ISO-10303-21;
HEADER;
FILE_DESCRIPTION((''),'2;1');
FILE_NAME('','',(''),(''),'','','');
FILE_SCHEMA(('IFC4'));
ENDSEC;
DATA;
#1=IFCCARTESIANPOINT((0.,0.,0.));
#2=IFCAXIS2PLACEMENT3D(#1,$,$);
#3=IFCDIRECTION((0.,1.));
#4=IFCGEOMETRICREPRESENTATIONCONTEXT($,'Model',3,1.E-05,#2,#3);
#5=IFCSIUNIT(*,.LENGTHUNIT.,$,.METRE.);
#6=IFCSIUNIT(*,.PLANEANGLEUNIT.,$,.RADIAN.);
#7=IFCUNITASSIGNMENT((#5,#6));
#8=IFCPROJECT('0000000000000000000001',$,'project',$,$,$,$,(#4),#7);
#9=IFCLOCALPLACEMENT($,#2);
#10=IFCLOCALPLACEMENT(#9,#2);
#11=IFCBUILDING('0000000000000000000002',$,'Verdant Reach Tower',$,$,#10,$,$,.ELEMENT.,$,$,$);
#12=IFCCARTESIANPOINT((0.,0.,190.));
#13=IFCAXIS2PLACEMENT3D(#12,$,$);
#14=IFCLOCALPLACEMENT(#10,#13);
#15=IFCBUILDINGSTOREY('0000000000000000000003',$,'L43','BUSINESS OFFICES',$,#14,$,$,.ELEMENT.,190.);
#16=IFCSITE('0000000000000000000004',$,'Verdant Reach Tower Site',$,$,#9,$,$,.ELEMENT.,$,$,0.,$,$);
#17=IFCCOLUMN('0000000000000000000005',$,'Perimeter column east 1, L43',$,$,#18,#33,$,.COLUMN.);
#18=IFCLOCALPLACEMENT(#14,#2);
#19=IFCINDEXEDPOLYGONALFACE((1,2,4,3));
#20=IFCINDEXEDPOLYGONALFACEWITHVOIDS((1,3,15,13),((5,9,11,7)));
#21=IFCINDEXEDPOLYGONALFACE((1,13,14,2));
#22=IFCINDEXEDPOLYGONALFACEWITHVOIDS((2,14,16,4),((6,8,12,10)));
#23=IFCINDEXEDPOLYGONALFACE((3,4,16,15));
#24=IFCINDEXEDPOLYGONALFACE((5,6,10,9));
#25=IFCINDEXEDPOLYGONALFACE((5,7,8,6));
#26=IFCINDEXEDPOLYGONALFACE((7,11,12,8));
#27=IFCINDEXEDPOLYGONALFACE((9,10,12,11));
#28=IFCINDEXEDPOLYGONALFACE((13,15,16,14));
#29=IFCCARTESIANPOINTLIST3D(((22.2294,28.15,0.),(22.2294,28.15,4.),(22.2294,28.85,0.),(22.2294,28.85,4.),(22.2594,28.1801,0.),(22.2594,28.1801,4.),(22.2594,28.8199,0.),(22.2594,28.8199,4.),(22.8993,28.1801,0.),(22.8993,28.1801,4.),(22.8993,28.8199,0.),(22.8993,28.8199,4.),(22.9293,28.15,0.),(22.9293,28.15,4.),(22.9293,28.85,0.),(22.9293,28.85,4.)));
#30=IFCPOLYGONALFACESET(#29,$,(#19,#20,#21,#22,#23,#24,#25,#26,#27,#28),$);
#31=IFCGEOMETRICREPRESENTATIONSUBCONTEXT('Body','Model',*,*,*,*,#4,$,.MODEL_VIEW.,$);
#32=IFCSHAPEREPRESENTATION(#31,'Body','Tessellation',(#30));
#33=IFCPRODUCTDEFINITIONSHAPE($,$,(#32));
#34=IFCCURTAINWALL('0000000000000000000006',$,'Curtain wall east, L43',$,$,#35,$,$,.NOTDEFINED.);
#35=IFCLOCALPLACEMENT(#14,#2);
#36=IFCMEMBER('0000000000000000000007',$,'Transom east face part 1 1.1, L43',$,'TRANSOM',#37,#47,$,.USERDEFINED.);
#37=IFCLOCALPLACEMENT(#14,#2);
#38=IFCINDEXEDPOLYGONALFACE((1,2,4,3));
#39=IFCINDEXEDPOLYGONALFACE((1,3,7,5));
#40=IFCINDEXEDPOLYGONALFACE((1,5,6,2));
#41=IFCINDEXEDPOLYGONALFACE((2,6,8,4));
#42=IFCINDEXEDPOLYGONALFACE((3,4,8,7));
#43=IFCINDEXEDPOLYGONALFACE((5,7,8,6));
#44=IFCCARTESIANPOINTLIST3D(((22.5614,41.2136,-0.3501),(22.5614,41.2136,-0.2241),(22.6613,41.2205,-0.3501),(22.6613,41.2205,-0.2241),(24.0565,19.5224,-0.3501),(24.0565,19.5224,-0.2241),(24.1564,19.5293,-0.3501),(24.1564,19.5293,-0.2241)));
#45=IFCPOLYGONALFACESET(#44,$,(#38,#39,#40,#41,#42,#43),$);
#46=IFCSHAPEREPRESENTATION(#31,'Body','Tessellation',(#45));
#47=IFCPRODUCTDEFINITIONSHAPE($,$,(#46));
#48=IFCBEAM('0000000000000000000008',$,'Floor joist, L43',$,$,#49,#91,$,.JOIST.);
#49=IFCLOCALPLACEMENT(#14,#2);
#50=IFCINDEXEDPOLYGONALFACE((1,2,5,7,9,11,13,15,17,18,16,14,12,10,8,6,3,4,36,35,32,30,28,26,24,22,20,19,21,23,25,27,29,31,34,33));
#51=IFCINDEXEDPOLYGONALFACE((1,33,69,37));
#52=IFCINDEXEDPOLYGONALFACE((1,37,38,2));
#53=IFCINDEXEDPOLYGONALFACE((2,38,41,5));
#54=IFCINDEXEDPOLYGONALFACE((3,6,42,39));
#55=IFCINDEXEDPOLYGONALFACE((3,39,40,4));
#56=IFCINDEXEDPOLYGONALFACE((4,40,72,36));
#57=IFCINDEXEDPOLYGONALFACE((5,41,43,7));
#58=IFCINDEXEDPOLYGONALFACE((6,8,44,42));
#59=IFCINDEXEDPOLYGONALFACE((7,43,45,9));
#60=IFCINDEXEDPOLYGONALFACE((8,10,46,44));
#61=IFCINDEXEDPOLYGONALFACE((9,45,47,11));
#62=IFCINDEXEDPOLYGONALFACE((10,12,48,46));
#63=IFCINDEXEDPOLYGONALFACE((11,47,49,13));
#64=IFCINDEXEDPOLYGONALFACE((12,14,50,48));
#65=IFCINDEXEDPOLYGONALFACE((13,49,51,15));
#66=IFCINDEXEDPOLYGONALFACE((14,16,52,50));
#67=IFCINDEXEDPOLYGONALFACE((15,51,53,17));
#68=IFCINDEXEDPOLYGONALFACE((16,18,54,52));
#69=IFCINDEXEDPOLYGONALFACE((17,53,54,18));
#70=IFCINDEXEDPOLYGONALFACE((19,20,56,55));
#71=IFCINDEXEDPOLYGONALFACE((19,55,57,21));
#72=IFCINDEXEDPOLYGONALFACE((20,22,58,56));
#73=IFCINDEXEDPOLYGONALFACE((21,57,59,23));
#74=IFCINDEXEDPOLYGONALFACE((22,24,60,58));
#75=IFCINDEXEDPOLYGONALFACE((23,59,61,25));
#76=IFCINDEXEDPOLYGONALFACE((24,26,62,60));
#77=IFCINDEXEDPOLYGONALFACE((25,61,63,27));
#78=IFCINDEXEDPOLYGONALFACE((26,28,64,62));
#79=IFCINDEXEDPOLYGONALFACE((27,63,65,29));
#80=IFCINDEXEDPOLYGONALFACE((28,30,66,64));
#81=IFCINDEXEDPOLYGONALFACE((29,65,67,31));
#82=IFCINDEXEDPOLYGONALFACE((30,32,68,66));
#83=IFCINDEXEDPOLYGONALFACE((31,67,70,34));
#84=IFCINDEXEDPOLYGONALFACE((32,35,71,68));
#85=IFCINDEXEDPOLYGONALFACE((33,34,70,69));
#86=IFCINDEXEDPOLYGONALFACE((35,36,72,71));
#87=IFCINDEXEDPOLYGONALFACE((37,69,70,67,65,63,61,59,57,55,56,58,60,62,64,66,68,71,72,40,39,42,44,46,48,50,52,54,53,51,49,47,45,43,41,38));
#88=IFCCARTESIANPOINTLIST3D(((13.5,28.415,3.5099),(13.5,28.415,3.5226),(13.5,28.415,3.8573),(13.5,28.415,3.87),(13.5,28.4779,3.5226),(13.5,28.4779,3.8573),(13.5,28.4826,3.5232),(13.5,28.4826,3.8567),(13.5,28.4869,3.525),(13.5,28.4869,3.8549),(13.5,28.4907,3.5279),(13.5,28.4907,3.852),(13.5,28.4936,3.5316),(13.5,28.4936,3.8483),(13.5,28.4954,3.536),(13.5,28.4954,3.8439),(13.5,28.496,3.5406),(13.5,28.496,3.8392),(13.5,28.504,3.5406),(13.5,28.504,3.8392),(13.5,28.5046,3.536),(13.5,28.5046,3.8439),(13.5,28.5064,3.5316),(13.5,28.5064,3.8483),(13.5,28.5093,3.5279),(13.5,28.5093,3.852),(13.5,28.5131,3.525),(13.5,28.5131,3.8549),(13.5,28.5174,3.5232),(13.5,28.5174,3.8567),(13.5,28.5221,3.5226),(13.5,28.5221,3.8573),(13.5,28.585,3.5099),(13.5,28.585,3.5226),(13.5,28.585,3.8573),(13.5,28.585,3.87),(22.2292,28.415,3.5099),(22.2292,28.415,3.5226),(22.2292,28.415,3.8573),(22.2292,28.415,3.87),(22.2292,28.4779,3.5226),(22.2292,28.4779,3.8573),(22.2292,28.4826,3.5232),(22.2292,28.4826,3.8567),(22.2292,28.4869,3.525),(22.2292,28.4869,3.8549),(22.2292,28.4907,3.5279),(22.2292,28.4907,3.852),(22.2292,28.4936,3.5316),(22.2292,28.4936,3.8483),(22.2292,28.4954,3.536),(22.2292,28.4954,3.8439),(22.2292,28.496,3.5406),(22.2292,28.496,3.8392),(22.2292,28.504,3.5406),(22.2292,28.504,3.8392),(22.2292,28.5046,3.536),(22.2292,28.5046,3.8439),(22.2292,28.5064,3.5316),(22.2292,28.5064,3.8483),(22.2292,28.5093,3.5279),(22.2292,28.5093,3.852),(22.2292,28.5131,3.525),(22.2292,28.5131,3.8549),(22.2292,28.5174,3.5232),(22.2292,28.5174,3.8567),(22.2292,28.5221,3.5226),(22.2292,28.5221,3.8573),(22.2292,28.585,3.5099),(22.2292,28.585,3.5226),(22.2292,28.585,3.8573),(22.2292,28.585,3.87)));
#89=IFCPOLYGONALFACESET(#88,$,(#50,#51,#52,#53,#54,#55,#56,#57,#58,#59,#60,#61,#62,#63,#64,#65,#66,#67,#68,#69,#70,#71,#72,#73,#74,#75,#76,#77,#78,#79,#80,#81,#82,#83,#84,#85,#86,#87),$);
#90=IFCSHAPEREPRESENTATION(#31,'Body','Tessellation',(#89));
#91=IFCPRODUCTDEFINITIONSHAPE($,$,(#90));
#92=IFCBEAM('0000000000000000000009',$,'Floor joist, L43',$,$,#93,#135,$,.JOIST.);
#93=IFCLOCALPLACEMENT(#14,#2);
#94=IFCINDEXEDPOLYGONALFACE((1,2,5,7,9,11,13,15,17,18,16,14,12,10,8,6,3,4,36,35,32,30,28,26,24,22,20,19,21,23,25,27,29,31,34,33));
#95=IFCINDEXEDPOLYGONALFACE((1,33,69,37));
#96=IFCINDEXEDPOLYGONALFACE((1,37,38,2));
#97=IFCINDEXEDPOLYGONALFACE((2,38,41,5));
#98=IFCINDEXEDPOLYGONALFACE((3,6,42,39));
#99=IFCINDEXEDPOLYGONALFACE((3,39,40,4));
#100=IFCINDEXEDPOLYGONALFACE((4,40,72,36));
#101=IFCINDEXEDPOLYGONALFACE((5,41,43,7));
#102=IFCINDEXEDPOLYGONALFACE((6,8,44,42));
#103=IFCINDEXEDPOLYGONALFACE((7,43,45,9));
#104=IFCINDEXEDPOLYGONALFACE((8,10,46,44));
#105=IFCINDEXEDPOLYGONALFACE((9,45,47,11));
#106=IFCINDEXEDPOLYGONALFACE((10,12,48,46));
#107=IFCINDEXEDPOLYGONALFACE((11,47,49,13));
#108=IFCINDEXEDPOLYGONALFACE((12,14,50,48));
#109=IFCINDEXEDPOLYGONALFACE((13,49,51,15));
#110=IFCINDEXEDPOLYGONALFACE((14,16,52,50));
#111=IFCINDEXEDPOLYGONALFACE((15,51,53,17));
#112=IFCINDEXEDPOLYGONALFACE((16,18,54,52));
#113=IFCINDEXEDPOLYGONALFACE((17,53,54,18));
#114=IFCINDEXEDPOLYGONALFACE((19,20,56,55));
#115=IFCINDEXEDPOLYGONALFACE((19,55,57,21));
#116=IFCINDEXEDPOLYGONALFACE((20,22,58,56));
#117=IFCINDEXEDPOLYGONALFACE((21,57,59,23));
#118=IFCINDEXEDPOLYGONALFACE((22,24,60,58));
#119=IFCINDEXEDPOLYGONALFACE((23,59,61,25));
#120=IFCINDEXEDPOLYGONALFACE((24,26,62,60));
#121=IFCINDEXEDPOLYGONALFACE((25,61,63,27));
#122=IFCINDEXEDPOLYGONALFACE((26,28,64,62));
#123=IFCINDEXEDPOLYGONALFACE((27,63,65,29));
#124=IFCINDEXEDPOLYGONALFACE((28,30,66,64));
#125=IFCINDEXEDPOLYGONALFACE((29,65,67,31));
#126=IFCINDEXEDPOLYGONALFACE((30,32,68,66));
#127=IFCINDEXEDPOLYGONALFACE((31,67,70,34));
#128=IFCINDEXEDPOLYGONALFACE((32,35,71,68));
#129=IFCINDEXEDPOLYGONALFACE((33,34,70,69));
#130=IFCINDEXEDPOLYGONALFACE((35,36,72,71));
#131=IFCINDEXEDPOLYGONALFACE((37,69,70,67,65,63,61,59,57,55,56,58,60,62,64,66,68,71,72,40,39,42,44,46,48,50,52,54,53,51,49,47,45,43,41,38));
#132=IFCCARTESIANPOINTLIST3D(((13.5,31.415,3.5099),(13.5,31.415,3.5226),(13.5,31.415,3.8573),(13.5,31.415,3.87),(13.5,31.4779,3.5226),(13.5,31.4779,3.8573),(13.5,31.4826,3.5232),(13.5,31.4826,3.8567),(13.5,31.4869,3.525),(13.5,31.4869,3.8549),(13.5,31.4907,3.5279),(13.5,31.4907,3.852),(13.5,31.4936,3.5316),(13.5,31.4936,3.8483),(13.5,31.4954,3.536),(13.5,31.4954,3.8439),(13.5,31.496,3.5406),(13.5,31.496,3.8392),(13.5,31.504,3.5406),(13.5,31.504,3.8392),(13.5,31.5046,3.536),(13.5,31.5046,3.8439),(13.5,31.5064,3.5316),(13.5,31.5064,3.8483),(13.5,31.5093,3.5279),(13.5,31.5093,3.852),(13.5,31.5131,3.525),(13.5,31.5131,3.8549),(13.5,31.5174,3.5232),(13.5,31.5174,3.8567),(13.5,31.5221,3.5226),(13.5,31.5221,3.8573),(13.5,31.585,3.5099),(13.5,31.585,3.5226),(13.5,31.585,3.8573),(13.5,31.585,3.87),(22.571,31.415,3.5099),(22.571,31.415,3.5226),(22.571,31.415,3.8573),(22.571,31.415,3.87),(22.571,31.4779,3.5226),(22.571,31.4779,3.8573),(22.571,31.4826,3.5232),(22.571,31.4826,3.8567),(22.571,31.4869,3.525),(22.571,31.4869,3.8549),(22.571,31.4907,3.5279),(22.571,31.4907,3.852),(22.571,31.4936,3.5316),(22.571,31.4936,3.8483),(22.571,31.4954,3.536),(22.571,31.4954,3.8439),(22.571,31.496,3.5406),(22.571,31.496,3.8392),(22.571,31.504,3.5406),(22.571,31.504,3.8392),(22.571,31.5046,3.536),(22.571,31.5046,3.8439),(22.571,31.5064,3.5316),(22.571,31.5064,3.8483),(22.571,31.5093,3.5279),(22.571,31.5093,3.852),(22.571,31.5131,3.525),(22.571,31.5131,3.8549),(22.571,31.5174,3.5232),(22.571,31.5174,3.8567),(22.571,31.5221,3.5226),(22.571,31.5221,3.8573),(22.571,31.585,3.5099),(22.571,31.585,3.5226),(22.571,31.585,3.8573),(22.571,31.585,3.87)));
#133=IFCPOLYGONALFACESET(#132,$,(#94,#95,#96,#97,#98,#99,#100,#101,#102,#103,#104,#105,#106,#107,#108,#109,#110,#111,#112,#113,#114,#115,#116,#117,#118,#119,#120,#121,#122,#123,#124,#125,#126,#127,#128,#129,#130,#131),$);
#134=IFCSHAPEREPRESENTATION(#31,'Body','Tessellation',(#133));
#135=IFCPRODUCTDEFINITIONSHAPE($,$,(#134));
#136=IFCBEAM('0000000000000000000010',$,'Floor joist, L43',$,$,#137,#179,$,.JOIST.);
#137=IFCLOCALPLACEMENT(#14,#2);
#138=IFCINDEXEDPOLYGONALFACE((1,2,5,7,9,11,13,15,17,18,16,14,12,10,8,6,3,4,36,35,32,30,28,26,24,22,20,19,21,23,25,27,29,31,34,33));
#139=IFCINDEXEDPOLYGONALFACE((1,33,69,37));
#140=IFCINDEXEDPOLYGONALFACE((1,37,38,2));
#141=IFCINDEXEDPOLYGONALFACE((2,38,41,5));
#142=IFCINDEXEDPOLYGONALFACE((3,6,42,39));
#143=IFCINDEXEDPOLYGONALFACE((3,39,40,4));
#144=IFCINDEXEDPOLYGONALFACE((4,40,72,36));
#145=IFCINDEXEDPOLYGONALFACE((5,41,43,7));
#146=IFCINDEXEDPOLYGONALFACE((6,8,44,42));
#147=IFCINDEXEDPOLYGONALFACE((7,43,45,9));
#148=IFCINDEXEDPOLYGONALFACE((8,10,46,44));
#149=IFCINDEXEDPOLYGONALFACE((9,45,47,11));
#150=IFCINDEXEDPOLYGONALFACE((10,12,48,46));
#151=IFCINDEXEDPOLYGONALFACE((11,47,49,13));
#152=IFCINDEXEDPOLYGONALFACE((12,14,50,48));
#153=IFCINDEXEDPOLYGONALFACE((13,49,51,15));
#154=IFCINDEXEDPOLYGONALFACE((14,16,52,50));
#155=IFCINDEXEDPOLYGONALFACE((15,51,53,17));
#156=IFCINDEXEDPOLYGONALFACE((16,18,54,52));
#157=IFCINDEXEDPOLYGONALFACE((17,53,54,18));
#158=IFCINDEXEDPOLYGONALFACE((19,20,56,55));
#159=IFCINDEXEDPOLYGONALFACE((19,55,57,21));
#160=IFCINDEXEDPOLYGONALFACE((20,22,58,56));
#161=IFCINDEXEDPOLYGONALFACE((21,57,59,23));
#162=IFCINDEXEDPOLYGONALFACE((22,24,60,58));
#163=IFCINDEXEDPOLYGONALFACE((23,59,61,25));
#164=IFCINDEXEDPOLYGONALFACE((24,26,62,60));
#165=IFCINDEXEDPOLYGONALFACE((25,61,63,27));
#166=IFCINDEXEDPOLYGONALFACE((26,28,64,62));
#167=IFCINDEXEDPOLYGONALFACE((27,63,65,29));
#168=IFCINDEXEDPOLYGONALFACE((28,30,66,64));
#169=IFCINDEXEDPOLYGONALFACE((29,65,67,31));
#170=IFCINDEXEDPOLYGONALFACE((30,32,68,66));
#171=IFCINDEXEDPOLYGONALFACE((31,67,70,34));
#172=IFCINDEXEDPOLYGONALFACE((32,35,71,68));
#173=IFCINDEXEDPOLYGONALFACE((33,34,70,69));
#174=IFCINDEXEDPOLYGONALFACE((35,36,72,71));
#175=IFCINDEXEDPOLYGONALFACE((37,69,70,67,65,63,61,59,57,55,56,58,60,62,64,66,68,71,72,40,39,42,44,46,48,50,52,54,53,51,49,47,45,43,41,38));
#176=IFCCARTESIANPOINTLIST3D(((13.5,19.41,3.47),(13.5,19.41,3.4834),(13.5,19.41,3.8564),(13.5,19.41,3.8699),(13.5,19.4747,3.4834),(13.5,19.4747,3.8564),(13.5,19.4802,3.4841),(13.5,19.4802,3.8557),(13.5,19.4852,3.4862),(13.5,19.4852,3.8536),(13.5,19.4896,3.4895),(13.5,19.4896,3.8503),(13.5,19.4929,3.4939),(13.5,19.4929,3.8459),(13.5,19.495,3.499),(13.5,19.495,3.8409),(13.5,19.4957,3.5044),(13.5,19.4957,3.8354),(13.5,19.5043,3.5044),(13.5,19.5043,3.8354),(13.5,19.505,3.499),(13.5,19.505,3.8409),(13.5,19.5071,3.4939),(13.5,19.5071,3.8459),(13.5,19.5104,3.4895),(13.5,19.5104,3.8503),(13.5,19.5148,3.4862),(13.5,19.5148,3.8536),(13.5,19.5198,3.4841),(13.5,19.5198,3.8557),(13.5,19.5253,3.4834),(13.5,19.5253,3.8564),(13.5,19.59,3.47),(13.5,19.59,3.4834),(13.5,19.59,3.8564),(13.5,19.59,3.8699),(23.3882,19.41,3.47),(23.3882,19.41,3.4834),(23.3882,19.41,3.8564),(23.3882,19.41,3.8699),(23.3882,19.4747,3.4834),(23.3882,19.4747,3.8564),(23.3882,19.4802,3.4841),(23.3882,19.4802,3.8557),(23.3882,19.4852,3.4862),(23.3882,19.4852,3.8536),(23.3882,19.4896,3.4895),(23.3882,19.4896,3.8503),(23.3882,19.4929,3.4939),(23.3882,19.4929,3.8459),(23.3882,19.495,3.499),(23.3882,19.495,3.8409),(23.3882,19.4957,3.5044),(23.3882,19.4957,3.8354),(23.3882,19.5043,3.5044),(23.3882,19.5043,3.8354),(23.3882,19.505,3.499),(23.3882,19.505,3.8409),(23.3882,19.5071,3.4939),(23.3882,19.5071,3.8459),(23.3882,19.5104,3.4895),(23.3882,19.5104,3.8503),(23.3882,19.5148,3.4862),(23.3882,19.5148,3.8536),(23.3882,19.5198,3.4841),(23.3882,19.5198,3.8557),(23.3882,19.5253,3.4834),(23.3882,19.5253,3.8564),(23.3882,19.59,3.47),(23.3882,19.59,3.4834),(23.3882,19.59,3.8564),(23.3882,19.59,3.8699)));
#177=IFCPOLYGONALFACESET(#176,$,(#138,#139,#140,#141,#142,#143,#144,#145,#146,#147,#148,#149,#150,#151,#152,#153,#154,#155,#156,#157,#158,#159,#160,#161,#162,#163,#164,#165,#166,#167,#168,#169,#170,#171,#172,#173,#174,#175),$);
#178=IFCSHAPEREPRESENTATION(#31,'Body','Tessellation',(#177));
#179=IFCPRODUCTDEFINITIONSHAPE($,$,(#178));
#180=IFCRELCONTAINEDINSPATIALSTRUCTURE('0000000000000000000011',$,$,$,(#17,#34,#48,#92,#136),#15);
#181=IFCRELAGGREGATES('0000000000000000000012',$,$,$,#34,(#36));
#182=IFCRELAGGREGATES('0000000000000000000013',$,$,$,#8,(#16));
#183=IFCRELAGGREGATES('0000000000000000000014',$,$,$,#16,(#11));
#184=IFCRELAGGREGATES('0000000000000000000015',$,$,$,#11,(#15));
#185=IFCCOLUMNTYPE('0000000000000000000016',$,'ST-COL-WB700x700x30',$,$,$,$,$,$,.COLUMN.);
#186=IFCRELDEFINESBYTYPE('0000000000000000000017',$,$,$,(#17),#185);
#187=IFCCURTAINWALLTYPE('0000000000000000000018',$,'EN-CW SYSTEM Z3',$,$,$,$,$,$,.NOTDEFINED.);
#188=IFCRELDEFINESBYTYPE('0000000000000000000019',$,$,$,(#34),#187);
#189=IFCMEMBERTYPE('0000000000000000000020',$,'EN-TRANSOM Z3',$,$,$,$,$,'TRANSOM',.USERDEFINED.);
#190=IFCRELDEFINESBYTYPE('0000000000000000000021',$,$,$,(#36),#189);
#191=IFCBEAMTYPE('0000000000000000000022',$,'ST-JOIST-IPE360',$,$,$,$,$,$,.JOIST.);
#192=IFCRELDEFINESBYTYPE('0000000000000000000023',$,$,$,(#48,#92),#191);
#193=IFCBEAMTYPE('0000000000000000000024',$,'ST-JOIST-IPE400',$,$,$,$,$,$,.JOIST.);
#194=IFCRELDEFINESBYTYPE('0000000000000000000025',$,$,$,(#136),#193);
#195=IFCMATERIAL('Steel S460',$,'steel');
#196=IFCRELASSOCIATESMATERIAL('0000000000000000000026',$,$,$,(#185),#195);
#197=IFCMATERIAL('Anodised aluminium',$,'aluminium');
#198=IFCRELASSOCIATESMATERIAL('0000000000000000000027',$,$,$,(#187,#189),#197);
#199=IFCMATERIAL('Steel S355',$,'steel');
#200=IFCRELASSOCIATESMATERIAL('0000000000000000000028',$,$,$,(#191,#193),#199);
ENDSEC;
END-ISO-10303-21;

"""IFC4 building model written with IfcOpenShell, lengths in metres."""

from ifc_helpers import new_model, si_unit, direction, frame, origin, origin_2d, place, context, subcontext, project, spatial, rectangle, hollow_rectangle, i_section, extrude, material, material_profile, profile_set, type_object, element, aggregate, save


model = new_model("IFC4")

# Units and contexts
model_context = context("Model", 3, precision=1e-05, world=origin(), true_north=direction((0.0, 1.0)))
body_context = subcontext(model_context, "Body", "Model", "MODEL_VIEW")
ifc_project = project(units=[si_unit("LENGTHUNIT", "METRE"), si_unit("PLANEANGLEUNIT", "RADIAN")], contexts=[model_context])

# Site, building, storey
site_placement = place(None, origin())
site = spatial("IfcSite", under=ifc_project, at=site_placement, Name="Verdant Reach Tower Site", CompositionType="ELEMENT", RefElevation=0.0)
building_placement = place(site_placement, origin())
building = spatial("IfcBuilding", under=site, at=building_placement, Name="Verdant Reach Tower", CompositionType="ELEMENT")
storey_placement = place(building_placement, frame((0.0, 0.0, 190.0)))
storey = spatial("IfcBuildingStorey", under=building, at=storey_placement, Name="L43", Description="BUSINESS OFFICES", CompositionType="ELEMENT", Elevation=190.0)

# Column
ifc_material_1 = material(Name="Steel S460", Category="steel")
ifc_material_profile_1 = material_profile(ifc_material_1, hollow_rectangle(XDim=0.7, YDim=0.7, WallThickness=0.03, at=origin_2d()), Name="WB 700x700x30")
ifc_profile_set_1 = profile_set([ifc_material_profile_1], Name="Steel S460")
column_type = type_object("IfcColumnType", Name="ST-COL-WB700x700x30", PredefinedType="COLUMN", material=ifc_profile_set_1)
column_placement = place(storey_placement, frame((22.5793, 28.5, 0.0), z_axis=(0.0, 0.0, 1.0), x_axis=(1.0, 0.0, 0.0)))
element("IfcColumn", 1, at=column_placement, inside=storey, type_object=column_type, Name="Perimeter column east 1, L43", PredefinedType="COLUMN", context=body_context, shape_type="SweptSolid", body=[
    extrude(hollow_rectangle(XDim=0.7, YDim=0.7, WallThickness=0.03, at=origin_2d()), origin(), (0.0, 0.0, 1.0), 4.0),
])

# Curtain wall, member
ifc_material_2 = material(Name="Anodised aluminium", Category="aluminium")
curtain_wall_type = type_object("IfcCurtainWallType", Name="EN-CW SYSTEM Z3", PredefinedType="NOTDEFINED", material=ifc_material_2)
curtain_wall_placement = place(storey_placement, origin())
curtain_wall = element("IfcCurtainWall", 2, at=curtain_wall_placement, inside=storey, type_object=curtain_wall_type, Name="Curtain wall east, L43", PredefinedType="NOTDEFINED")
ifc_material_profile_2 = material_profile(ifc_material_2, rectangle(XDim=0.1001, YDim=0.126, at=origin_2d()), Name="Transom 126x100")
ifc_profile_set_2 = profile_set([ifc_material_profile_2], Name="Anodised aluminium")
member_type = type_object("IfcMemberType", Name="EN-TRANSOM Z3", ElementType="TRANSOM", PredefinedType="USERDEFINED", material=ifc_profile_set_2)
member_placement = place(storey_placement, frame((24.1064, 19.5259, -0.2871), z_axis=(-0.068764, 0.997633, 0.0), x_axis=(-0.997633, -0.068764, 0.0)))
member = element("IfcMember", 3, at=member_placement, type_object=member_type, Name="Transom east face part 1 1.1, L43", ObjectType="TRANSOM", PredefinedType="USERDEFINED", context=body_context, shape_type="SweptSolid", body=[
    extrude(rectangle(XDim=0.1001, YDim=0.126, at=origin_2d()), origin(), (0.0, 0.0, 1.0), 21.7427),
])

# Beams
ifc_material_3 = material(Name="Steel S355", Category="steel")
ifc_material_profile_3 = material_profile(ifc_material_3, i_section(OverallWidth=0.1699, OverallDepth=0.3601, WebThickness=0.0081, FlangeThickness=0.0127, FilletRadius=0.0181, at=origin_2d()), Name="IPE 360")
ifc_profile_set_3 = profile_set([ifc_material_profile_3], Name="Steel S355")
beam_type_1 = type_object("IfcBeamType", Name="ST-JOIST-IPE360", PredefinedType="JOIST", material=ifc_profile_set_3)
beam_1_placement = place(storey_placement, frame((13.5, 28.5, 3.6899), z_axis=(1.0, 0.0, 0.0), x_axis=(0.0, 1.0, 0.0)))
element("IfcBeam", 4, at=beam_1_placement, inside=storey, type_object=beam_type_1, Name="Floor joist, L43", PredefinedType="JOIST", context=body_context, shape_type="SweptSolid", body=[
    extrude(i_section(OverallWidth=0.1699, OverallDepth=0.3601, WebThickness=0.0081, FlangeThickness=0.0127, FilletRadius=0.0181, at=origin_2d()), origin(), (0.0, 0.0, 1.0), 8.7292),
])
beam_2_placement = place(storey_placement, frame((13.5, 31.5, 3.6899), z_axis=(1.0, 0.0, 0.0), x_axis=(0.0, 1.0, 0.0)))
element("IfcBeam", 5, at=beam_2_placement, inside=storey, type_object=beam_type_1, Name="Floor joist, L43", PredefinedType="JOIST", context=body_context, shape_type="SweptSolid", body=[
    extrude(i_section(OverallWidth=0.1699, OverallDepth=0.3601, WebThickness=0.0081, FlangeThickness=0.0127, FilletRadius=0.0181, at=origin_2d()), origin(), (0.0, 0.0, 1.0), 9.071),
])
ifc_material_profile_4 = material_profile(ifc_material_3, i_section(OverallWidth=0.1799, OverallDepth=0.3999, WebThickness=0.0085, FlangeThickness=0.0134, FilletRadius=0.021, at=origin_2d()), Name="IPE 400")
ifc_profile_set_4 = profile_set([ifc_material_profile_4], Name="Steel S355")
beam_type_2 = type_object("IfcBeamType", Name="ST-JOIST-IPE400", PredefinedType="JOIST", material=ifc_profile_set_4)
beam_3_placement = place(storey_placement, frame((13.5, 19.5, 3.6699), z_axis=(1.0, 0.0, 0.0), x_axis=(0.0, 1.0, 0.0)))
element("IfcBeam", 6, at=beam_3_placement, inside=storey, type_object=beam_type_2, Name="Floor joist, L43", PredefinedType="JOIST", context=body_context, shape_type="SweptSolid", body=[
    extrude(i_section(OverallWidth=0.1799, OverallDepth=0.3999, WebThickness=0.0085, FlangeThickness=0.0134, FilletRadius=0.021, at=origin_2d()), origin(), (0.0, 0.0, 1.0), 9.8882),
])

aggregate(curtain_wall, [member])

save(model, "model.ifc")
